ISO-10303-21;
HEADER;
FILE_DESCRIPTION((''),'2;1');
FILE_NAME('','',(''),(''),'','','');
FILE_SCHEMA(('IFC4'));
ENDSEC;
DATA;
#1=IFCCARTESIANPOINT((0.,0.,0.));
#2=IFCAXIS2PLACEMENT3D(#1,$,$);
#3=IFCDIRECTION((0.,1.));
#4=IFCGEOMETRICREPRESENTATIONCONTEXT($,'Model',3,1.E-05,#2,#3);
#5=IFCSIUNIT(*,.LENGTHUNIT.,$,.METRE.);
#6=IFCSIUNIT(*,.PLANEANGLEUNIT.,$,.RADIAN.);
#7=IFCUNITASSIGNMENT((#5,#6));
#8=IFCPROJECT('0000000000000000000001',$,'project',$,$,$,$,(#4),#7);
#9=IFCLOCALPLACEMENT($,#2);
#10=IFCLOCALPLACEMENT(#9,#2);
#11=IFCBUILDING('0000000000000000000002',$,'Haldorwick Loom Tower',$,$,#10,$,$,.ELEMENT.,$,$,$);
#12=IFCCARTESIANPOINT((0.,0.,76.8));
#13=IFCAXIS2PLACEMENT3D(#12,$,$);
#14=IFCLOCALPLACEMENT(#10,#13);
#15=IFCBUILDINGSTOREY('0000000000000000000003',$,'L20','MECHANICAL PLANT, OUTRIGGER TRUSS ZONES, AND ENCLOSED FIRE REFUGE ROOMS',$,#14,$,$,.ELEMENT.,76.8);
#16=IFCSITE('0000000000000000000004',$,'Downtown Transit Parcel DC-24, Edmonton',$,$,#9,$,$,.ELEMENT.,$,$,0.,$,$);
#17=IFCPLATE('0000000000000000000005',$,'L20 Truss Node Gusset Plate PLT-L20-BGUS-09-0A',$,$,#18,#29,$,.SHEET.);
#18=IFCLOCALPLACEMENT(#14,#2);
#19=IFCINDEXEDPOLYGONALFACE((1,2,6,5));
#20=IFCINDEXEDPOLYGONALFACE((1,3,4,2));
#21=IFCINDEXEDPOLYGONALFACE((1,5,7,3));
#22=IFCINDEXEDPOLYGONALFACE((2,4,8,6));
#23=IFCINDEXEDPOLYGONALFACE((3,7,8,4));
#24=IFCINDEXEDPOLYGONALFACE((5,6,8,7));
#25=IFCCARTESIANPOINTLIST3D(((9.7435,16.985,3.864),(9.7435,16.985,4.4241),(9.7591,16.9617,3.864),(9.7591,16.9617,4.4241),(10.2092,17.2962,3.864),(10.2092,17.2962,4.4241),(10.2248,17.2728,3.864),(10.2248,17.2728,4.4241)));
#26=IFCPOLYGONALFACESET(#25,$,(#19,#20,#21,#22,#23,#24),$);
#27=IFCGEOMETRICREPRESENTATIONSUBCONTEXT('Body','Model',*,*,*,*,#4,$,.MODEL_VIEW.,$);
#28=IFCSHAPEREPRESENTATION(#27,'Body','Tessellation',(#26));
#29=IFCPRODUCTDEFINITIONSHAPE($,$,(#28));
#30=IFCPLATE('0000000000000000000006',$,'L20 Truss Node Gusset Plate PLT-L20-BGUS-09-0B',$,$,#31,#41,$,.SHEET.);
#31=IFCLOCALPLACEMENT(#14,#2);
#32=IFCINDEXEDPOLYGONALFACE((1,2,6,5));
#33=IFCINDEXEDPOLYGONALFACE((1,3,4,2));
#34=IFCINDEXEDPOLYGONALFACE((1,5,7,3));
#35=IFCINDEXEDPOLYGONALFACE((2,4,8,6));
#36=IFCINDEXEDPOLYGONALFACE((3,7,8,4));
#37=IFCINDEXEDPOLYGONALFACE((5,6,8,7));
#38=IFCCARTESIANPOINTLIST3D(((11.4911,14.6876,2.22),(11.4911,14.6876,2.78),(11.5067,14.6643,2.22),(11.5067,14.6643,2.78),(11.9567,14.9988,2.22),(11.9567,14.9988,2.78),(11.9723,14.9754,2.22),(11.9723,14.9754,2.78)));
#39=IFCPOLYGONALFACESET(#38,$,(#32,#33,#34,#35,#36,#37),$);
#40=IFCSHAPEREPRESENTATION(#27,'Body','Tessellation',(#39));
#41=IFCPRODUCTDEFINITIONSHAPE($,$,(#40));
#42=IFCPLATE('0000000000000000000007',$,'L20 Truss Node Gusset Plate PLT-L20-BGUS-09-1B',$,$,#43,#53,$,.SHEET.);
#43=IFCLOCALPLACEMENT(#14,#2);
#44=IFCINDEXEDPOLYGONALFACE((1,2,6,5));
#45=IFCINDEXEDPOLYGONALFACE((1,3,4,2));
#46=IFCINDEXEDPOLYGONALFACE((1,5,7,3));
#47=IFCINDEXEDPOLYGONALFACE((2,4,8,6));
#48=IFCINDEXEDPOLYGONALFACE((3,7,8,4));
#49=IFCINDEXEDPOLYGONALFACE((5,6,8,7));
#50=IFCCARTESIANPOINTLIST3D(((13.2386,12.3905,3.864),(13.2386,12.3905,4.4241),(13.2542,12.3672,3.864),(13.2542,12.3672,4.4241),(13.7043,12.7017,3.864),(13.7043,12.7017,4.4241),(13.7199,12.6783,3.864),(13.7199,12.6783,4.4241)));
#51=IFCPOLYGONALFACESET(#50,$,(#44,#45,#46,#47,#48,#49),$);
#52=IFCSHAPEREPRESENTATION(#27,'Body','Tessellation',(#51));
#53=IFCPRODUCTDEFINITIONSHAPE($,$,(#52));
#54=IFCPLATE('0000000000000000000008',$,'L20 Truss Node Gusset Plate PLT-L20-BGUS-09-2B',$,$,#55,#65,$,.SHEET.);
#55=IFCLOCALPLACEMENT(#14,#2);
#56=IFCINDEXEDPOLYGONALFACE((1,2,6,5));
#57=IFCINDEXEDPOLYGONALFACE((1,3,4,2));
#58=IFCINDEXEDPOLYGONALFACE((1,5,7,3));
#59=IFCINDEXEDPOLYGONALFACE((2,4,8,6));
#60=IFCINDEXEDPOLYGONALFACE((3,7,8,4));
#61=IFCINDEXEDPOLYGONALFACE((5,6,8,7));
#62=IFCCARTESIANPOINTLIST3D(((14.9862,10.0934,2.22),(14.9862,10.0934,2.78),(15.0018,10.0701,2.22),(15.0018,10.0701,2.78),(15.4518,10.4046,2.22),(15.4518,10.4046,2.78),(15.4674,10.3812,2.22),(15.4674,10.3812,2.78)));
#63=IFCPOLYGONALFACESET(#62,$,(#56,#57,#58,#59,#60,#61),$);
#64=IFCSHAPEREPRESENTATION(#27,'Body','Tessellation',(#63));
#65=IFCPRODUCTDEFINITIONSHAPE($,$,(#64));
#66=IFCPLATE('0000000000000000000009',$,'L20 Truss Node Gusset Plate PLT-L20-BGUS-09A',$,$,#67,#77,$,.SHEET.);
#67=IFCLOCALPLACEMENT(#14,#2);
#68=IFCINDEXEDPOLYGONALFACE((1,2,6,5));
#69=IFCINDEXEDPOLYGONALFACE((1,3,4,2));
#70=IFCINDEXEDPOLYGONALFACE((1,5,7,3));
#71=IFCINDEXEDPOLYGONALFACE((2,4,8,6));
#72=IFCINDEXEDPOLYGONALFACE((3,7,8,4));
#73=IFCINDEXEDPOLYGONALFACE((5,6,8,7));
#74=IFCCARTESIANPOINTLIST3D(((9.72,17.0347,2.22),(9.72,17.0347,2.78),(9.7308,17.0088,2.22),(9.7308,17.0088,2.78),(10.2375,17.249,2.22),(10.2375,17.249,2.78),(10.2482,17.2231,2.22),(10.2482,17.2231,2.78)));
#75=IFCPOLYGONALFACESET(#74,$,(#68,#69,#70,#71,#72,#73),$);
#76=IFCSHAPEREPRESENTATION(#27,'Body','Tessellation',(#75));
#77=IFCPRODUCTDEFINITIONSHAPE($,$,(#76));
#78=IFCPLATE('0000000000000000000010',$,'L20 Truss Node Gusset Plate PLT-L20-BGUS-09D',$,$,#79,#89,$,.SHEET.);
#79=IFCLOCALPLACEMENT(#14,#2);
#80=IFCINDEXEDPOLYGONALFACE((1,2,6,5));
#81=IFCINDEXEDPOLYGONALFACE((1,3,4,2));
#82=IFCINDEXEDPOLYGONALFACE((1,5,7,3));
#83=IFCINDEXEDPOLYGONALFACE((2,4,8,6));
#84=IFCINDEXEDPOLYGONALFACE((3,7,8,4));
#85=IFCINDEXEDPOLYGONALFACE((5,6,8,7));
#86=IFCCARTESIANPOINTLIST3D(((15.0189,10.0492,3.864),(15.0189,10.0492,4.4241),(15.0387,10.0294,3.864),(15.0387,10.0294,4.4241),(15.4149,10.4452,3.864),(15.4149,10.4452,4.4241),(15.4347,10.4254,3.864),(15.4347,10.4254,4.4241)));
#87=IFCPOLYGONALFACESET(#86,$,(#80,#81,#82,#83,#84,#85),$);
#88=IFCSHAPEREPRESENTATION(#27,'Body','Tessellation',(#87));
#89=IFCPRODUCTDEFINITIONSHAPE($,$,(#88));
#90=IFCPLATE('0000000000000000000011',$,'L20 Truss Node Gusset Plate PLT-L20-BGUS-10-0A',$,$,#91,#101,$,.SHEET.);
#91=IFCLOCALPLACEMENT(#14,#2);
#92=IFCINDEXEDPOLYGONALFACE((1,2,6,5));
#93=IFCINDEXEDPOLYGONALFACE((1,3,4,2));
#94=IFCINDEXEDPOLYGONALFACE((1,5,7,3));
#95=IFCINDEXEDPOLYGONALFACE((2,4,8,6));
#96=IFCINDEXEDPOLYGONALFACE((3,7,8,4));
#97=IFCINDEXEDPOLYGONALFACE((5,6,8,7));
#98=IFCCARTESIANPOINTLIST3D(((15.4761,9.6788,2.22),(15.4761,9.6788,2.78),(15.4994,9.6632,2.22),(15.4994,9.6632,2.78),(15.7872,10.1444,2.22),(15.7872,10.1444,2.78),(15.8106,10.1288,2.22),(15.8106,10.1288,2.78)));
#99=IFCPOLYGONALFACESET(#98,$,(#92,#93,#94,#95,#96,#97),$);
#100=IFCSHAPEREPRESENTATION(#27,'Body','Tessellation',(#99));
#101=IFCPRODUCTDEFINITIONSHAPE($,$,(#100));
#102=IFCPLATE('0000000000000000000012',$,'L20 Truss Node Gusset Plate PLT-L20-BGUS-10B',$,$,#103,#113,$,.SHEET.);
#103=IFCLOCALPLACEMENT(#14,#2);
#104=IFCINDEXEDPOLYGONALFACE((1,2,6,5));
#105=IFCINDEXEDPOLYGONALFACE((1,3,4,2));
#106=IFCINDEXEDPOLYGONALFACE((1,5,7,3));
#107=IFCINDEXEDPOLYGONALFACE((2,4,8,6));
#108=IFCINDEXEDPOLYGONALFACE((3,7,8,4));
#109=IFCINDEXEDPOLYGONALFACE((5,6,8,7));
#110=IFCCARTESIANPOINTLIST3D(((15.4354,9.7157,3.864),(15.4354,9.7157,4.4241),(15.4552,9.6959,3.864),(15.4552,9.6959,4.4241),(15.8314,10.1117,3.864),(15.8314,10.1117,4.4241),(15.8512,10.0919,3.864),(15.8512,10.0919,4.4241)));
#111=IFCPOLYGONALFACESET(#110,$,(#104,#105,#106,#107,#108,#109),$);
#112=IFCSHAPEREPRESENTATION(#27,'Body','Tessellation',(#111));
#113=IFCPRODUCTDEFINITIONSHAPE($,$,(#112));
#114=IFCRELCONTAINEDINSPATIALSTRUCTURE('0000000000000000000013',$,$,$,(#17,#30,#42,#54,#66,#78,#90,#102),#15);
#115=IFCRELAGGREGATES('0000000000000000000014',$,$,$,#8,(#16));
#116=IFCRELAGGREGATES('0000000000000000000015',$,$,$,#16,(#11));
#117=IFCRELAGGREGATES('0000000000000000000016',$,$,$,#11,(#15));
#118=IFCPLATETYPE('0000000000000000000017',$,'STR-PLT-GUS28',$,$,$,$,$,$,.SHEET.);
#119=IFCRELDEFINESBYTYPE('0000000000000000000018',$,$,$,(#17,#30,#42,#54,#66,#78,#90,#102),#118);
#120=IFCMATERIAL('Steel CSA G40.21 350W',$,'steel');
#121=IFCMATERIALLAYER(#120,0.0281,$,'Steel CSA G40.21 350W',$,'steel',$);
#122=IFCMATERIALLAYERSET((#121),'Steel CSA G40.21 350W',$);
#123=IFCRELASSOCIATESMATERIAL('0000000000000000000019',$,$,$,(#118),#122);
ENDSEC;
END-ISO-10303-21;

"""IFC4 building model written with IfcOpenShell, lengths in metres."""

from ifc_helpers import new_model, si_unit, direction, frame, origin, origin_2d, place, context, subcontext, project, spatial, rectangle, extrude, material, layer, layer_set, type_object, element, save


model = new_model("IFC4")

# Units and contexts
model_context = context("Model", 3, precision=1e-05, world=origin(), true_north=direction((0.0, 1.0)))
body_context = subcontext(model_context, "Body", "Model", "MODEL_VIEW")
ifc_project = project(units=[si_unit("LENGTHUNIT", "METRE"), si_unit("PLANEANGLEUNIT", "RADIAN")], contexts=[model_context])

# Site, building, storey
site_placement = place(None, origin())
site = spatial("IfcSite", under=ifc_project, at=site_placement, Name="Downtown Transit Parcel DC-24, Edmonton", CompositionType="ELEMENT", RefElevation=0.0)
building_placement = place(site_placement, origin())
building = spatial("IfcBuilding", under=site, at=building_placement, Name="Haldorwick Loom Tower", CompositionType="ELEMENT")
storey_placement = place(building_placement, frame((0.0, 0.0, 76.8)))
storey = spatial("IfcBuildingStorey", under=building, at=storey_placement, Name="L20", Description="MECHANICAL PLANT, OUTRIGGER TRUSS ZONES, AND ENCLOSED FIRE REFUGE ROOMS", CompositionType="ELEMENT", Elevation=76.8)

# Shared definitions
ifc_material_1 = material(Name="Steel CSA G40.21 350W", Category="steel")

# Plates
ifc_layer_1 = layer(ifc_material_1, 0.0281, Name="Steel CSA G40.21 350W", Category="steel")
ifc_layer_set_1 = layer_set([ifc_layer_1], Name="Steel CSA G40.21 350W")
plate_type = type_object("IfcPlateType", Name="STR-PLT-GUS28", PredefinedType="SHEET", material=ifc_layer_set_1)
for number, where, z_axis, x_axis, name in (
    (1, (9.9841, 17.1289, 3.864), (0.0, 0.0, 1.0), (-0.83147, -0.55557, 0.0), "L20 Truss Node Gusset Plate PLT-L20-BGUS-09-0A"),
    (2, (11.7317, 14.8315, 2.22), (0.0, 0.0, 1.0), (-0.83147, -0.55557, 0.0), "L20 Truss Node Gusset Plate PLT-L20-BGUS-09-0B"),
    (3, (13.4792, 12.5344, 3.864), (0.0, 0.0, 1.0), (-0.83147, -0.55557, 0.0), "L20 Truss Node Gusset Plate PLT-L20-BGUS-09-1B"),
    (4, (15.2268, 10.2373, 2.22), (0.0, 0.0, 1.0), (-0.83147, -0.55557, 0.0), "L20 Truss Node Gusset Plate PLT-L20-BGUS-09-2B"),
    (5, (9.9841, 17.1289, 2.22), (0.0, 0.0, 1.0), (-0.92388, -0.382683, 0.0), "L20 Truss Node Gusset Plate PLT-L20-BGUS-09A"),
    (6, (15.2268, 10.2373, 3.864), (0.0, 0.0, 1.0), (-0.707107, -0.707107, 0.0), "L20 Truss Node Gusset Plate PLT-L20-BGUS-09D"),
    (7, (15.6433, 9.9038, 2.22), (0.0, 0.0, 1.0), (-0.55557, -0.83147, 0.0), "L20 Truss Node Gusset Plate PLT-L20-BGUS-10-0A"),
    (8, (15.6433, 9.9038, 3.864), (0.0, 0.0, 1.0), (-0.707107, -0.707107, 0.0), "L20 Truss Node Gusset Plate PLT-L20-BGUS-10B"),
):
    element("IfcPlate", number, at=place(storey_placement, frame(where, z_axis=z_axis, x_axis=x_axis)), inside=storey, type_object=plate_type, Name=name, PredefinedType="SHEET", context=body_context, shape_type="SweptSolid", body=[
        extrude(rectangle(XDim=0.5601, YDim=0.0281, at=origin_2d()), origin(), (0.0, 0.0, 1.0), 0.5601),
    ])

save(model, "model.ifc")
